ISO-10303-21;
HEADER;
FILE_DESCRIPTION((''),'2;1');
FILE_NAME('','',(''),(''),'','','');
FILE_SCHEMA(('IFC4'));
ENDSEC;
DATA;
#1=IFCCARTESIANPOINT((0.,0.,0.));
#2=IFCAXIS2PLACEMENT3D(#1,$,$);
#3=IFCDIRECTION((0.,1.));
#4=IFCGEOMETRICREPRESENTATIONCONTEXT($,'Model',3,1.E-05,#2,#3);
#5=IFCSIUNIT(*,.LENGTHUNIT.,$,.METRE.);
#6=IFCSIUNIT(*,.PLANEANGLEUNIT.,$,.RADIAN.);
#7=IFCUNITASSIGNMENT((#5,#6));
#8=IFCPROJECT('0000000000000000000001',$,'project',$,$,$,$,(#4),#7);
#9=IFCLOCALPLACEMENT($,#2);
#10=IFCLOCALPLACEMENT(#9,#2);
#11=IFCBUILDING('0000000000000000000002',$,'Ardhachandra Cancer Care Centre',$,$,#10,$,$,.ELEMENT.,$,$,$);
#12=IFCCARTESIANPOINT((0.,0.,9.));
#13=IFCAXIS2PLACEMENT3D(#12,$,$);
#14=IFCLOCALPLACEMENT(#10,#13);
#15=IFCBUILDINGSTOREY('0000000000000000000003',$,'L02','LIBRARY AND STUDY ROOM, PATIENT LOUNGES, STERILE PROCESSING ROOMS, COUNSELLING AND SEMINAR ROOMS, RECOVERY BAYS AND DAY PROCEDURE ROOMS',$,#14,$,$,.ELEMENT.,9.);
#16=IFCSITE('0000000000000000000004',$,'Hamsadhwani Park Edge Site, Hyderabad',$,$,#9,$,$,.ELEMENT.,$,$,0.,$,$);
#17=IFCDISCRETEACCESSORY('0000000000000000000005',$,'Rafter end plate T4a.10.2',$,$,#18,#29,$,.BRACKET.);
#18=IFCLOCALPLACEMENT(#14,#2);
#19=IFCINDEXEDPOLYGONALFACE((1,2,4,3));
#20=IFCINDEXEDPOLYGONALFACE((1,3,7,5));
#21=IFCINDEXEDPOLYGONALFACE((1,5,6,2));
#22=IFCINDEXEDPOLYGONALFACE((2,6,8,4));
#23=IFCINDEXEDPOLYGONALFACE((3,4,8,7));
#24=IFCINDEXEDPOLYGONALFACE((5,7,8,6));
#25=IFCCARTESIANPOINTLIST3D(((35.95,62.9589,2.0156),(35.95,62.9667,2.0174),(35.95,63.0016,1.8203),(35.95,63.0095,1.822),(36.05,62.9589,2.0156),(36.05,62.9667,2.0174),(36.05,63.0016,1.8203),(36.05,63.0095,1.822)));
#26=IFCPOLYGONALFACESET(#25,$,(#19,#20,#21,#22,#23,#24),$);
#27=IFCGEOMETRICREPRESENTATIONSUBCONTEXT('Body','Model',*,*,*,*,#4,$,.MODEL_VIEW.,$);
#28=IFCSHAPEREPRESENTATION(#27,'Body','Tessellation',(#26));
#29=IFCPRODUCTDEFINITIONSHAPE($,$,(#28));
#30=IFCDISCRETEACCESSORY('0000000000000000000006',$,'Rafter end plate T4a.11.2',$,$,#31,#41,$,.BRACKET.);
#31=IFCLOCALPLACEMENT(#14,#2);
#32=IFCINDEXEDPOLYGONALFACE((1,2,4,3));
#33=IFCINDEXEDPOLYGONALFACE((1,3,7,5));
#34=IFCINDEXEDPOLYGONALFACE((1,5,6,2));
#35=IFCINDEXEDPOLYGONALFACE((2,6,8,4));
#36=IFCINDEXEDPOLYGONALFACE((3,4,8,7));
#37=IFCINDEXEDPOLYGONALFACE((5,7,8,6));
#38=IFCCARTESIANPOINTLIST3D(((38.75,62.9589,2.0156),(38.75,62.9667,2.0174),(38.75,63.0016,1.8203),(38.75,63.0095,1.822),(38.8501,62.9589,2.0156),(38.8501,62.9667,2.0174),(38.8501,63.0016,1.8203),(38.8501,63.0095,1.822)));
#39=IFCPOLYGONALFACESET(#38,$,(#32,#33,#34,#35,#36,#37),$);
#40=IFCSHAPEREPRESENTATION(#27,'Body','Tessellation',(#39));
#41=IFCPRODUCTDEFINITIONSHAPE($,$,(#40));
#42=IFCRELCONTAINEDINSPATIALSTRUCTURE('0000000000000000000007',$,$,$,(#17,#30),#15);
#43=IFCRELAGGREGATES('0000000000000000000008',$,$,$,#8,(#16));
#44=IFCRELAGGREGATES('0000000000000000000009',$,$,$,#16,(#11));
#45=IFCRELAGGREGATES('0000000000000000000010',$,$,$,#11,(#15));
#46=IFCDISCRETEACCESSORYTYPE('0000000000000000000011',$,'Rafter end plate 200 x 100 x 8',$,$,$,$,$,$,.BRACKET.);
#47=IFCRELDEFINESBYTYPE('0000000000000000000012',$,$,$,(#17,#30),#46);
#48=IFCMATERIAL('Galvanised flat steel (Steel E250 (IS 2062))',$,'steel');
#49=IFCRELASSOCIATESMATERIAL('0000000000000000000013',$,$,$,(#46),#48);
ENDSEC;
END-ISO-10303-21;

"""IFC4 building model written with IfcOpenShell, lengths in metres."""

from ifc_helpers import new_model, si_unit, direction, frame, origin, origin_2d, place, context, subcontext, project, spatial, rectangle, extrude, material, material_profile, profile_set, type_object, element, save


model = new_model("IFC4")

# Units and contexts
model_context = context("Model", 3, precision=1e-05, world=origin(), true_north=direction((0.0, 1.0)))
body_context = subcontext(model_context, "Body", "Model", "MODEL_VIEW")
ifc_project = project(units=[si_unit("LENGTHUNIT", "METRE"), si_unit("PLANEANGLEUNIT", "RADIAN")], contexts=[model_context])

# Site, building, storey
site_placement = place(None, origin())
site = spatial("IfcSite", under=ifc_project, at=site_placement, Name="Hamsadhwani Park Edge Site, Hyderabad", CompositionType="ELEMENT", RefElevation=0.0)
building_placement = place(site_placement, origin())
building = spatial("IfcBuilding", under=site, at=building_placement, Name="Ardhachandra Cancer Care Centre", CompositionType="ELEMENT")
storey_placement = place(building_placement, frame((0.0, 0.0, 9.0)))
storey = spatial("IfcBuildingStorey", under=building, at=storey_placement, Name="L02", Description="LIBRARY AND STUDY ROOM, PATIENT LOUNGES, STERILE PROCESSING ROOMS, COUNSELLING AND SEMINAR ROOMS, RECOVERY BAYS AND DAY PROCEDURE ROOMS", CompositionType="ELEMENT", Elevation=9.0)

# Discrete accessories
ifc_material_1 = material(Name="Galvanised flat steel (Steel E250 (IS 2062))", Category="steel")
ifc_material_profile_1 = material_profile(ifc_material_1, rectangle(XDim=0.1001, YDim=0.2, at=origin_2d()), Name="Rafter end plate 200 x 100 x 8")
ifc_profile_set_1 = profile_set([ifc_material_profile_1], Name="Galvanised flat steel (Steel E250 (IS 2062))")
discrete_accessory_type = type_object("IfcDiscreteAccessoryType", Name="Rafter end plate 200 x 100 x 8", PredefinedType="BRACKET", material=ifc_profile_set_1)
for number, where, z_axis, x_axis, name in (
    (1, (36.0, 62.9802, 1.918), (0.0, 0.9769, 0.213697), (-1.0, 0.0, 0.0), "Rafter end plate T4a.10.2"),
    (2, (38.8, 62.9802, 1.918), (0.0, 0.9769, 0.213697), (-1.0, 0.0, 0.0), "Rafter end plate T4a.11.2"),
):
    element("IfcDiscreteAccessory", number, at=place(storey_placement, frame(where, z_axis=z_axis, x_axis=x_axis)), inside=storey, type_object=discrete_accessory_type, Name=name, PredefinedType="BRACKET", context=body_context, shape_type="SweptSolid", body=[
        extrude(rectangle(XDim=0.1001, YDim=0.2, at=origin_2d()), origin(), (0.0, 0.0, 1.0), 0.0081),
    ])

save(model, "model.ifc")
